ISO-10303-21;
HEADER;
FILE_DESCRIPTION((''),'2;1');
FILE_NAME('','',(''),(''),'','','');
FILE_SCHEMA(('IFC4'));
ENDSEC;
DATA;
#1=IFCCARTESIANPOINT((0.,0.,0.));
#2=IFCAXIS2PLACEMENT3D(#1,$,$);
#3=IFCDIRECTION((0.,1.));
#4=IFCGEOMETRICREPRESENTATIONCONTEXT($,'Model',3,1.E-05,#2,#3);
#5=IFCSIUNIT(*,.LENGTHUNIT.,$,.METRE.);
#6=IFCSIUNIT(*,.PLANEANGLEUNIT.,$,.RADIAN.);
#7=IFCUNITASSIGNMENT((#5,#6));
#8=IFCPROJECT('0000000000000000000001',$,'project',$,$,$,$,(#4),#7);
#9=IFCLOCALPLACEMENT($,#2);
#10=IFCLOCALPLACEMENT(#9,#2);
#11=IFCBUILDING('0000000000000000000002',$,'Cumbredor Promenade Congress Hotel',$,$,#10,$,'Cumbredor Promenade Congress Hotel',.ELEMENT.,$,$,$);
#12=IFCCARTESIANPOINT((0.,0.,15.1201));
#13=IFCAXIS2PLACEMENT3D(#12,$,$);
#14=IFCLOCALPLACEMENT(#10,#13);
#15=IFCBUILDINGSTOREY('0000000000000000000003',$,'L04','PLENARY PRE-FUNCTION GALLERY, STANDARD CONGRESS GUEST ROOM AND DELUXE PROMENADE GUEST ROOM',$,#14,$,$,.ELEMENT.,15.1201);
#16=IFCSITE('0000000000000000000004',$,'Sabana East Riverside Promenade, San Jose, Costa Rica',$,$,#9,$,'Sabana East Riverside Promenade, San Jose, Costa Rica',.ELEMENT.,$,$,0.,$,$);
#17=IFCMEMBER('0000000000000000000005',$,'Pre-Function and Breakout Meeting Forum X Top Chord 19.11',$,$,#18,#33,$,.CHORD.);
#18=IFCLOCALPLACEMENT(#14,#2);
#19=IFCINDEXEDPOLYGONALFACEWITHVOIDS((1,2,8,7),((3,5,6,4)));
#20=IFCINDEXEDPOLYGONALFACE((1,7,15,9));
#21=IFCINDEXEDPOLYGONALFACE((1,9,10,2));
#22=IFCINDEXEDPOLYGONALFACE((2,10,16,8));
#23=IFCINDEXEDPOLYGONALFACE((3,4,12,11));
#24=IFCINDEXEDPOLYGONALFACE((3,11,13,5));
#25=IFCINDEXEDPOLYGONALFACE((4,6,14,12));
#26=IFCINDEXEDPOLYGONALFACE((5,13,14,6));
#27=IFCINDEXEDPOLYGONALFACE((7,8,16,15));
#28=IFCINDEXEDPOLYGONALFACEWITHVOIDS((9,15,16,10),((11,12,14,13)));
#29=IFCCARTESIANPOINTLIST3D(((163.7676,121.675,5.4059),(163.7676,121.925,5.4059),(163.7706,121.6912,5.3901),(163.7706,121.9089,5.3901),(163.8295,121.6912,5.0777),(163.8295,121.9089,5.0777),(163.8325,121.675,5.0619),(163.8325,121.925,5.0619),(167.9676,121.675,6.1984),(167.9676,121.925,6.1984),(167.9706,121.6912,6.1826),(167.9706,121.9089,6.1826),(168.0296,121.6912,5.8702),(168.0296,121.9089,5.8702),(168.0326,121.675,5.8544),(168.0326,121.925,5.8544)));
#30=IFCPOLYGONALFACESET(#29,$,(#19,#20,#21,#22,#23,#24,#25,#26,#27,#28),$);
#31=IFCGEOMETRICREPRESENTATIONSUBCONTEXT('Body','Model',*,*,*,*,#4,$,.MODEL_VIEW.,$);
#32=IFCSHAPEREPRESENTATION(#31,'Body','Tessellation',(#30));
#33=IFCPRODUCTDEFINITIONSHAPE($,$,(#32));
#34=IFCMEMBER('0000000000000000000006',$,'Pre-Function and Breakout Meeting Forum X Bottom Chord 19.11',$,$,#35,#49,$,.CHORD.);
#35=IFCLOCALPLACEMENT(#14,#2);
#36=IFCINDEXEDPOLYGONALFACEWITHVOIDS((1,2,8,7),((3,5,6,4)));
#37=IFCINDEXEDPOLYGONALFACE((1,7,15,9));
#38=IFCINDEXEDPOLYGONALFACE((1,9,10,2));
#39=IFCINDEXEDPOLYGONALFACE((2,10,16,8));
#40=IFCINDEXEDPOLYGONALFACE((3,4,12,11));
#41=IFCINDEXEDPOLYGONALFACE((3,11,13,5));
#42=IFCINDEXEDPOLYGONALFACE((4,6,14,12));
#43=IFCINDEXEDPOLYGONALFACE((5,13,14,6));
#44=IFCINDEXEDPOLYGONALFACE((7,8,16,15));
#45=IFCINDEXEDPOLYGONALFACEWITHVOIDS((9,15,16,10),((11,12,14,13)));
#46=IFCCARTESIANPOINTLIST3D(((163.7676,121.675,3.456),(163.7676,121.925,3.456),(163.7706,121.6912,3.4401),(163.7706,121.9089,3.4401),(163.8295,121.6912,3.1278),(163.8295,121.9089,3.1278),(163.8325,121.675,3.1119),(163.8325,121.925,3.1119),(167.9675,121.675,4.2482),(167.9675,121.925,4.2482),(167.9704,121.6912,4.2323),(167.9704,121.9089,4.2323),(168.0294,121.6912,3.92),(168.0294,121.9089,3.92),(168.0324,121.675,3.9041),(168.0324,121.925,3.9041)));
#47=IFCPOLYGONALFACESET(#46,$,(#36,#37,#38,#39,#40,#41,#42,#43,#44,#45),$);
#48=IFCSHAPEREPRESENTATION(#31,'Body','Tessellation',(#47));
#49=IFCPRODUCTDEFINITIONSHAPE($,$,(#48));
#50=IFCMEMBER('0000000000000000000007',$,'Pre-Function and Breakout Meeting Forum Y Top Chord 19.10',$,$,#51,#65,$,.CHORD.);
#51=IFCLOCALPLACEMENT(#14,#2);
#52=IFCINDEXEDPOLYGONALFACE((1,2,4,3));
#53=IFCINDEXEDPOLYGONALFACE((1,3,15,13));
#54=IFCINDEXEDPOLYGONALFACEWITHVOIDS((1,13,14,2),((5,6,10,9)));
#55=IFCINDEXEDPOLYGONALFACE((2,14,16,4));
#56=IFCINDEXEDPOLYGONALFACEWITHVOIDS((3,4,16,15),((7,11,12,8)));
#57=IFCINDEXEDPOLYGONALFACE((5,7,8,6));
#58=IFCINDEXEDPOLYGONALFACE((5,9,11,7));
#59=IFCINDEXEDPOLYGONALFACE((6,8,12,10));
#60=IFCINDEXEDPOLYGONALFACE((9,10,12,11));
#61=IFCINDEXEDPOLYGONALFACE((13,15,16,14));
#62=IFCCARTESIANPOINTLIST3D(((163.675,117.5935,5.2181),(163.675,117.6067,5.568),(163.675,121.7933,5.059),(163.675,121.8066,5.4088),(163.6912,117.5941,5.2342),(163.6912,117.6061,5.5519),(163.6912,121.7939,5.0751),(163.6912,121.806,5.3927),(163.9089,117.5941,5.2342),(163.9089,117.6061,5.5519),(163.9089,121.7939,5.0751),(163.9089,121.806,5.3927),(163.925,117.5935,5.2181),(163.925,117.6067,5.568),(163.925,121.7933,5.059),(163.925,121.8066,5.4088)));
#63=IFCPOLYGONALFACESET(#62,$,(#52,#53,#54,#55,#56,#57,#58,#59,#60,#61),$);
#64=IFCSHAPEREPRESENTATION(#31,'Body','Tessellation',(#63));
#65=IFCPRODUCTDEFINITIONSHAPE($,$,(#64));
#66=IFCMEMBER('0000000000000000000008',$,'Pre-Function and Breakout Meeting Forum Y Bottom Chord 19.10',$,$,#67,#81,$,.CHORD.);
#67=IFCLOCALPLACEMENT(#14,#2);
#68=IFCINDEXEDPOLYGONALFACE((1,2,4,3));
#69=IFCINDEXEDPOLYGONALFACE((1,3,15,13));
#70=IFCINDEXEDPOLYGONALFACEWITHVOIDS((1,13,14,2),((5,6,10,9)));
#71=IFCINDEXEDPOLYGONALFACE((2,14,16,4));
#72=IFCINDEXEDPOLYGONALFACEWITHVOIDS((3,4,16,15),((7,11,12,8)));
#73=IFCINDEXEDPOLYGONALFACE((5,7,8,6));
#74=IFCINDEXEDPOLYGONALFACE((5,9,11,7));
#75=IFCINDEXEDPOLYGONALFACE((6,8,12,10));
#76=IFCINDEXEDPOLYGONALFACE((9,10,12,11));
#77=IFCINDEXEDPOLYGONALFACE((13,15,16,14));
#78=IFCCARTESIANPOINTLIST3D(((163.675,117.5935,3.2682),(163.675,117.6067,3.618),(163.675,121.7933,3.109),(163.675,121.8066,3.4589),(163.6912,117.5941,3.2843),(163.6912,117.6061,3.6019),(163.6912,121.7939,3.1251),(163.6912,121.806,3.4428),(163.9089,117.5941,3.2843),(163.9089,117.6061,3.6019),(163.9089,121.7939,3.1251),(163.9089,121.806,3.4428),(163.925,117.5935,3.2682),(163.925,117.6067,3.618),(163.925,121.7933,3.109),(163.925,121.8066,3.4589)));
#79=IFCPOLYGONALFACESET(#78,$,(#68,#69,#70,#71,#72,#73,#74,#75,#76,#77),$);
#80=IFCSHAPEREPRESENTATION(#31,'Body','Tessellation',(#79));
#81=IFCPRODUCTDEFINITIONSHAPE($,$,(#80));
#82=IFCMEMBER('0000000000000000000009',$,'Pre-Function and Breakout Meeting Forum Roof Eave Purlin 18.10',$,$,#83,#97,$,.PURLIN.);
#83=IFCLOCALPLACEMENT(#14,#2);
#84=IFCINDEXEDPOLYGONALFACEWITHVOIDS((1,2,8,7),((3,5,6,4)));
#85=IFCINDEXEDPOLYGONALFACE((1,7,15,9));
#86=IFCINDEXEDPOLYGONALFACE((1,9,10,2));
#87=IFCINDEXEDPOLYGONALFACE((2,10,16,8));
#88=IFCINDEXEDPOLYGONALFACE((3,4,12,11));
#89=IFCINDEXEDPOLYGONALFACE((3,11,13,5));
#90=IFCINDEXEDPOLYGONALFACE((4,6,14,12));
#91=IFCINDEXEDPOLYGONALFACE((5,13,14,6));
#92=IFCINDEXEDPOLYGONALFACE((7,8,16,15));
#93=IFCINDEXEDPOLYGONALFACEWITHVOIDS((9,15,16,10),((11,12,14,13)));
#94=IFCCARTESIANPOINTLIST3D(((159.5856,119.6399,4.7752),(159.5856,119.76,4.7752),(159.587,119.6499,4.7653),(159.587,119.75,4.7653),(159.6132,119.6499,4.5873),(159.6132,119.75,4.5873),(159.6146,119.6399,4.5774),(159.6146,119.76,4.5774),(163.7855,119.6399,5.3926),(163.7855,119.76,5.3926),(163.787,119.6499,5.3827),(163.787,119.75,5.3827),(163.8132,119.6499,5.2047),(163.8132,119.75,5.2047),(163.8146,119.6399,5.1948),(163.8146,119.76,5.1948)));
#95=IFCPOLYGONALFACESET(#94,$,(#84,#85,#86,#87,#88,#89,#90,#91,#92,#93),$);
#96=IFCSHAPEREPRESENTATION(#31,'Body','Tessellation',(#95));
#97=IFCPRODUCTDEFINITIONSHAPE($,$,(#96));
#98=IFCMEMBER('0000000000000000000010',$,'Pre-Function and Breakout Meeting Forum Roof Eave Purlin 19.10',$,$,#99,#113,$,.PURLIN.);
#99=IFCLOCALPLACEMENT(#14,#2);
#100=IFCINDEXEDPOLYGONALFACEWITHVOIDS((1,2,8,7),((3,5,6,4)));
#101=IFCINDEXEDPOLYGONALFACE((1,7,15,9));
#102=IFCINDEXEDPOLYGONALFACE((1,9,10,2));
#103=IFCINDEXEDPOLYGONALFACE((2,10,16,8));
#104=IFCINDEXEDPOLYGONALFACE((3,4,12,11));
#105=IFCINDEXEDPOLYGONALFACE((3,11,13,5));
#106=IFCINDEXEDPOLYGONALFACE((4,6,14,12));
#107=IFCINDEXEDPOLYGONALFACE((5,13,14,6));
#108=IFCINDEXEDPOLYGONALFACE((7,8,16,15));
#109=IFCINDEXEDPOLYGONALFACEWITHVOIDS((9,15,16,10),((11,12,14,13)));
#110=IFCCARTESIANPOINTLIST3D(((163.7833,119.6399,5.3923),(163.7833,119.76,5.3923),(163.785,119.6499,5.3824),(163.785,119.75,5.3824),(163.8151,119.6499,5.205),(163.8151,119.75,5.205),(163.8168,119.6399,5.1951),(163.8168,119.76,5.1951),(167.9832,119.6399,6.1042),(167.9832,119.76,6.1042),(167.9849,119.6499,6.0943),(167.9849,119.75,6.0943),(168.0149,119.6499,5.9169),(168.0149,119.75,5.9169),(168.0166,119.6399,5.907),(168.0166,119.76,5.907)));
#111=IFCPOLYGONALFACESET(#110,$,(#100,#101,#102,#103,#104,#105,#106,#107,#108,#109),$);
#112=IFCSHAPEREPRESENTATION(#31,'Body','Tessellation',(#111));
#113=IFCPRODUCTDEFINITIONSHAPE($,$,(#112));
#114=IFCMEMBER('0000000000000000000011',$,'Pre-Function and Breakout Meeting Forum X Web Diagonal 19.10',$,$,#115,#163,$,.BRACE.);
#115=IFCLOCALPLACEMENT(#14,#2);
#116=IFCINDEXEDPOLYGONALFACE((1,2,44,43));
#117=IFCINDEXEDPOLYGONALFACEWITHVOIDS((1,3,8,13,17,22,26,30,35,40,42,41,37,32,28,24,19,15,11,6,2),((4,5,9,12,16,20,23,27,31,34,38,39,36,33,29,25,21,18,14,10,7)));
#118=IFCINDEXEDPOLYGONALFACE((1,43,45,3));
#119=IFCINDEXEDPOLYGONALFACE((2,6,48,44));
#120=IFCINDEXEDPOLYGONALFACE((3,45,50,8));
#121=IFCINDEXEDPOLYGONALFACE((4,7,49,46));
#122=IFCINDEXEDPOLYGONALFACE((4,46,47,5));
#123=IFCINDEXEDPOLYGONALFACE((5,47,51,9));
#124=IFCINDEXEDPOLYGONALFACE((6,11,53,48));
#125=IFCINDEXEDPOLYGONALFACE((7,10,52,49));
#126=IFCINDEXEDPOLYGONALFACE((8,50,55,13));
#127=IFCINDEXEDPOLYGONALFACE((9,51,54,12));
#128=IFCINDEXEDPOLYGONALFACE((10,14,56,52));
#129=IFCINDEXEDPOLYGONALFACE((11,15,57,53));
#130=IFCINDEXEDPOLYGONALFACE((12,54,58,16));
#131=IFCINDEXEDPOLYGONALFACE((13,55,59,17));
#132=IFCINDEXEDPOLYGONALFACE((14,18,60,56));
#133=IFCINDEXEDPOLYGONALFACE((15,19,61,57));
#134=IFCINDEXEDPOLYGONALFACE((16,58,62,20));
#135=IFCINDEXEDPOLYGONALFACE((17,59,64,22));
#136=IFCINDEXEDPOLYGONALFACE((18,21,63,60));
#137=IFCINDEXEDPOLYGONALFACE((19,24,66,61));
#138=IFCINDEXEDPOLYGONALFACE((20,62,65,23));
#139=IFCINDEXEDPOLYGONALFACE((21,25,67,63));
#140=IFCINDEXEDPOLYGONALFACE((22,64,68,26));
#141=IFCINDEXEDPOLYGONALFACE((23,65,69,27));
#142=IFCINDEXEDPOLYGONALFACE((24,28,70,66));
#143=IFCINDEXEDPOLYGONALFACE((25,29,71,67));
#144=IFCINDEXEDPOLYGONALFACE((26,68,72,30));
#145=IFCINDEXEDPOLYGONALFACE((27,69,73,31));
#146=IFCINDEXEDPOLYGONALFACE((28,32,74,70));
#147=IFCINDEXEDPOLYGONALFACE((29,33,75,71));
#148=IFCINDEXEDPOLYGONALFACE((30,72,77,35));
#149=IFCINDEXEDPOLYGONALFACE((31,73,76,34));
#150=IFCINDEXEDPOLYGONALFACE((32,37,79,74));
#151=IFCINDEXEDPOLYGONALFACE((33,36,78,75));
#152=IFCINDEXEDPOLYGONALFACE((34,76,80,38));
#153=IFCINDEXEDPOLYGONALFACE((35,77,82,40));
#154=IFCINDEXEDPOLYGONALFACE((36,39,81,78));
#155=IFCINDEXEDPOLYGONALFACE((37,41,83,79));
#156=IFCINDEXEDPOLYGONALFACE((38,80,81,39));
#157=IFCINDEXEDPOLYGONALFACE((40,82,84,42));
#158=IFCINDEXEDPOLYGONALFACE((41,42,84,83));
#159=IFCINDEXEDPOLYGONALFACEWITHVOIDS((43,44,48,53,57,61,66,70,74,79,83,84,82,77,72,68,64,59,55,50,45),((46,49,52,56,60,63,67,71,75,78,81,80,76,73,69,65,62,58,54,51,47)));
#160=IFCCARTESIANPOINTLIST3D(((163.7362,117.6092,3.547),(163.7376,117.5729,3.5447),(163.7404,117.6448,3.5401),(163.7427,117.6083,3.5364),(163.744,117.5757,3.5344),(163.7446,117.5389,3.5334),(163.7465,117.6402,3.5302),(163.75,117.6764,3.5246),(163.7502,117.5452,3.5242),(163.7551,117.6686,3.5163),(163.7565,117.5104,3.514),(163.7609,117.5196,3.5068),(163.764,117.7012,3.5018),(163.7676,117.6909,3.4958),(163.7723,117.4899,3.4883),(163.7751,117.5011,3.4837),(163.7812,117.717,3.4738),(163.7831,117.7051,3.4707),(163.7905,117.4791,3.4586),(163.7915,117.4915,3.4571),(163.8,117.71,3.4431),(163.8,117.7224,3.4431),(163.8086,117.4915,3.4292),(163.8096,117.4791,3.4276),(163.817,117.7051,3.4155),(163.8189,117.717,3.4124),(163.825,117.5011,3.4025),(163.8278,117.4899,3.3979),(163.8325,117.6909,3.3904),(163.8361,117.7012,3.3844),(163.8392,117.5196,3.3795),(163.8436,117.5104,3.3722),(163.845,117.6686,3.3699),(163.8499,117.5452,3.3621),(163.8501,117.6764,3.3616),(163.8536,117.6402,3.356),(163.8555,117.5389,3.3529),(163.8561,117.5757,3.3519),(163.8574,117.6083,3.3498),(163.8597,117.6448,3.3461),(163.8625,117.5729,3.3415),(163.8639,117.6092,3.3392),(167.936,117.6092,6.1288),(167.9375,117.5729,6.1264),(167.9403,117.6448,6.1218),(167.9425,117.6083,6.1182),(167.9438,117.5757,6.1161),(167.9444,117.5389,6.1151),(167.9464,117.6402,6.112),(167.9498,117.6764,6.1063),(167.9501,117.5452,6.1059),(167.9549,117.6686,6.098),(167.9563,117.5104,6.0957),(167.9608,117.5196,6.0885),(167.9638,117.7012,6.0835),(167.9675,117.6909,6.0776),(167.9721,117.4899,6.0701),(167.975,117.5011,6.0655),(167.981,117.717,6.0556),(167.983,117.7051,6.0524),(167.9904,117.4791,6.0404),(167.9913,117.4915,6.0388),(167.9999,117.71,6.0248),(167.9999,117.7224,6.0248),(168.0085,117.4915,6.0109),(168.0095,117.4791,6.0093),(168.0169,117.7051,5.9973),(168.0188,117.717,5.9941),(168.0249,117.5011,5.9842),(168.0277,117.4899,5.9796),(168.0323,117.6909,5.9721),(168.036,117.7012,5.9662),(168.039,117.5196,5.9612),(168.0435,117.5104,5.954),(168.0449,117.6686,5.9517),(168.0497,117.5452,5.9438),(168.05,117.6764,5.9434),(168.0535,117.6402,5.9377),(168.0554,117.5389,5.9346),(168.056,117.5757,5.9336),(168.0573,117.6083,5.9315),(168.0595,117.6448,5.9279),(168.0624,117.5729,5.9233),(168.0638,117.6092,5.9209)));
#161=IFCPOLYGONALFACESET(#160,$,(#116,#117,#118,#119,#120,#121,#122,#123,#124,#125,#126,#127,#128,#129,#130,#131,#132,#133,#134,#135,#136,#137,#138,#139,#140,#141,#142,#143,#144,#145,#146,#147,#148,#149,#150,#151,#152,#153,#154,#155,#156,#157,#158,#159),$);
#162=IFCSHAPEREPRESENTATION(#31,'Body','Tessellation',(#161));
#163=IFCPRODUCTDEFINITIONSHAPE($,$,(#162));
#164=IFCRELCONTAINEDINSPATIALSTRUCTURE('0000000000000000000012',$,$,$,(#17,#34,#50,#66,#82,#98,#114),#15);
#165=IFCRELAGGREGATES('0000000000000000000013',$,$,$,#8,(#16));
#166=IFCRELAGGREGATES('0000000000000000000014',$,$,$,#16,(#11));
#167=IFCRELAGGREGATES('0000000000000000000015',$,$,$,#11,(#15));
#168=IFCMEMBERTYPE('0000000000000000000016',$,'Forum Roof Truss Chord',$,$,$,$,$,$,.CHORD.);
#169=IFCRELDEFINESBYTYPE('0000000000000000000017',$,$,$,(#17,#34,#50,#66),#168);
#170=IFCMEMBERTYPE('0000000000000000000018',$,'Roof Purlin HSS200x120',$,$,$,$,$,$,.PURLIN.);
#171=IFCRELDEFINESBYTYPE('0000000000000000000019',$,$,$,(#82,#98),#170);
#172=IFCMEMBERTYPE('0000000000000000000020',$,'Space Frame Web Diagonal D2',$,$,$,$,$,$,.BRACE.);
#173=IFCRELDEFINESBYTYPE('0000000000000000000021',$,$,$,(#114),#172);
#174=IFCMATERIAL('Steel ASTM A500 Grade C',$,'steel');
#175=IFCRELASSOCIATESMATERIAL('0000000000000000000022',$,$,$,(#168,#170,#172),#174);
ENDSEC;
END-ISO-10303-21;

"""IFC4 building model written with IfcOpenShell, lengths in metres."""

from ifc_helpers import new_model, si_unit, direction, frame, origin, origin_2d, place, context, subcontext, project, spatial, hollow_rectangle, hollow_circle, extrude, material, material_profile, profile_set, type_object, element, save


model = new_model("IFC4")

# Units and contexts
model_context = context("Model", 3, precision=1e-05, world=origin(), true_north=direction((0.0, 1.0)))
body_context = subcontext(model_context, "Body", "Model", "MODEL_VIEW")
ifc_project = project(units=[si_unit("LENGTHUNIT", "METRE"), si_unit("PLANEANGLEUNIT", "RADIAN")], contexts=[model_context])

# Site, building, storey
site_placement = place(None, origin())
site = spatial("IfcSite", under=ifc_project, at=site_placement, Name="Sabana East Riverside Promenade, San Jose, Costa Rica", LongName="Sabana East Riverside Promenade, San Jose, Costa Rica", CompositionType="ELEMENT", RefElevation=0.0)
building_placement = place(site_placement, origin())
building = spatial("IfcBuilding", under=site, at=building_placement, Name="Cumbredor Promenade Congress Hotel", LongName="Cumbredor Promenade Congress Hotel", CompositionType="ELEMENT")
storey_placement = place(building_placement, frame((0.0, 0.0, 15.1201)))
storey = spatial("IfcBuildingStorey", under=building, at=storey_placement, Name="L04", Description="PLENARY PRE-FUNCTION GALLERY, STANDARD CONGRESS GUEST ROOM AND DELUXE PROMENADE GUEST ROOM", CompositionType="ELEMENT", Elevation=15.1201)

# Members
ifc_material_1 = material(Name="Steel ASTM A500 Grade C", Category="steel")
ifc_material_profile_1 = material_profile(ifc_material_1, hollow_rectangle(XDim=0.25, YDim=0.3501, WallThickness=0.0161, at=origin_2d()), Name="HSS 350x250x16")
ifc_profile_set_1 = profile_set([ifc_material_profile_1], Name="Steel ASTM A500 Grade C")
member_type_1 = type_object("IfcMemberType", Name="Forum Roof Truss Chord", PredefinedType="CHORD", material=ifc_profile_set_1)
member_1_placement = place(storey_placement, frame((163.8, 121.8, 5.2339), z_axis=(0.98266, 0.0, 0.185416), x_axis=(0.0, 1.0, 0.0)))
element("IfcMember", 1, at=member_1_placement, inside=storey, type_object=member_type_1, Name="Pre-Function and Breakout Meeting Forum X Top Chord 19.11", PredefinedType="CHORD", context=body_context, shape_type="SweptSolid", body=[
    extrude(hollow_rectangle(XDim=0.25, YDim=0.3501, WallThickness=0.0161, at=origin_2d()), origin(), (0.0, 0.0, 1.0), 4.2742),
])
member_2_placement = place(storey_placement, frame((163.8, 121.8, 3.2839), z_axis=(0.98267, 0.0, 0.185361), x_axis=(0.0, 1.0, 0.0)))
element("IfcMember", 2, at=member_2_placement, inside=storey, type_object=member_type_1, Name="Pre-Function and Breakout Meeting Forum X Bottom Chord 19.11", PredefinedType="CHORD", context=body_context, shape_type="SweptSolid", body=[
    extrude(hollow_rectangle(XDim=0.25, YDim=0.3501, WallThickness=0.0161, at=origin_2d()), origin(), (0.0, 0.0, 1.0), 4.2739),
])
for number, where, z_axis, x_axis, name in (
    (3, (163.8, 117.6001, 5.3931), (0.0, 0.999283, -0.037873), (-1.0, 0.0, 0.0), "Pre-Function and Breakout Meeting Forum Y Top Chord 19.10"),
    (4, (163.8, 117.6001, 3.4431), (0.0, 0.999283, -0.037873), (-1.0, 0.0, 0.0), "Pre-Function and Breakout Meeting Forum Y Bottom Chord 19.10"),
):
    element("IfcMember", number, at=place(storey_placement, frame(where, z_axis=z_axis, x_axis=x_axis)), inside=storey, type_object=member_type_1, Name=name, PredefinedType="CHORD", context=body_context, shape_type="SweptSolid", body=[
        extrude(hollow_rectangle(XDim=0.25, YDim=0.3501, WallThickness=0.0161, at=origin_2d()), origin(), (0.0, 0.0, 1.0), 4.2029),
    ])
ifc_material_profile_2 = material_profile(ifc_material_1, hollow_rectangle(XDim=0.1201, YDim=0.2, WallThickness=0.01, at=origin_2d()), Name="HSS 200x120x10")
ifc_profile_set_2 = profile_set([ifc_material_profile_2], Name="Steel ASTM A500 Grade C")
member_type_2 = type_object("IfcMemberType", Name="Roof Purlin HSS200x120", PredefinedType="PURLIN", material=ifc_profile_set_2)
member_3_placement = place(storey_placement, frame((159.6001, 119.7, 4.6763), z_axis=(0.989366, 0.0, 0.145446), x_axis=(0.0, 1.0, 0.0)))
element("IfcMember", 5, at=member_3_placement, inside=storey, type_object=member_type_2, Name="Pre-Function and Breakout Meeting Forum Roof Eave Purlin 18.10", PredefinedType="PURLIN", context=body_context, shape_type="SweptSolid", body=[
    extrude(hollow_rectangle(XDim=0.1201, YDim=0.2, WallThickness=0.01, at=origin_2d()), origin(), (0.0, 0.0, 1.0), 4.2451),
])
member_4_placement = place(storey_placement, frame((163.8, 119.7, 5.2937), z_axis=(0.985936, 0.0, 0.167121), x_axis=(0.0, 1.0, 0.0)))
element("IfcMember", 6, at=member_4_placement, inside=storey, type_object=member_type_2, Name="Pre-Function and Breakout Meeting Forum Roof Eave Purlin 19.10", PredefinedType="PURLIN", context=body_context, shape_type="SweptSolid", body=[
    extrude(hollow_rectangle(XDim=0.1201, YDim=0.2, WallThickness=0.01, at=origin_2d()), origin(), (0.0, 0.0, 1.0), 4.2598),
])
ifc_material_profile_3 = material_profile(ifc_material_1, hollow_circle(Radius=0.1223, WallThickness=0.0125, at=origin_2d()), Name="CHS 244.5x12.5")
ifc_profile_set_3 = profile_set([ifc_material_profile_3], Name="Steel ASTM A500 Grade C")
member_type_3 = type_object("IfcMemberType", Name="Space Frame Web Diagonal D2", PredefinedType="BRACE", material=ifc_profile_set_3)
member_5_placement = place(storey_placement, frame((163.8, 117.6001, 3.4431), z_axis=(0.851912, 0.0, 0.523686), x_axis=(0.0, 1.0, 0.0)))
element("IfcMember", 7, at=member_5_placement, inside=storey, type_object=member_type_3, Name="Pre-Function and Breakout Meeting Forum X Web Diagonal 19.10", PredefinedType="BRACE", context=body_context, shape_type="SweptSolid", body=[
    extrude(hollow_circle(Radius=0.1223, WallThickness=0.0125, at=origin_2d()), origin(), (0.0, 0.0, 1.0), 4.9299),
])

save(model, "model.ifc")
